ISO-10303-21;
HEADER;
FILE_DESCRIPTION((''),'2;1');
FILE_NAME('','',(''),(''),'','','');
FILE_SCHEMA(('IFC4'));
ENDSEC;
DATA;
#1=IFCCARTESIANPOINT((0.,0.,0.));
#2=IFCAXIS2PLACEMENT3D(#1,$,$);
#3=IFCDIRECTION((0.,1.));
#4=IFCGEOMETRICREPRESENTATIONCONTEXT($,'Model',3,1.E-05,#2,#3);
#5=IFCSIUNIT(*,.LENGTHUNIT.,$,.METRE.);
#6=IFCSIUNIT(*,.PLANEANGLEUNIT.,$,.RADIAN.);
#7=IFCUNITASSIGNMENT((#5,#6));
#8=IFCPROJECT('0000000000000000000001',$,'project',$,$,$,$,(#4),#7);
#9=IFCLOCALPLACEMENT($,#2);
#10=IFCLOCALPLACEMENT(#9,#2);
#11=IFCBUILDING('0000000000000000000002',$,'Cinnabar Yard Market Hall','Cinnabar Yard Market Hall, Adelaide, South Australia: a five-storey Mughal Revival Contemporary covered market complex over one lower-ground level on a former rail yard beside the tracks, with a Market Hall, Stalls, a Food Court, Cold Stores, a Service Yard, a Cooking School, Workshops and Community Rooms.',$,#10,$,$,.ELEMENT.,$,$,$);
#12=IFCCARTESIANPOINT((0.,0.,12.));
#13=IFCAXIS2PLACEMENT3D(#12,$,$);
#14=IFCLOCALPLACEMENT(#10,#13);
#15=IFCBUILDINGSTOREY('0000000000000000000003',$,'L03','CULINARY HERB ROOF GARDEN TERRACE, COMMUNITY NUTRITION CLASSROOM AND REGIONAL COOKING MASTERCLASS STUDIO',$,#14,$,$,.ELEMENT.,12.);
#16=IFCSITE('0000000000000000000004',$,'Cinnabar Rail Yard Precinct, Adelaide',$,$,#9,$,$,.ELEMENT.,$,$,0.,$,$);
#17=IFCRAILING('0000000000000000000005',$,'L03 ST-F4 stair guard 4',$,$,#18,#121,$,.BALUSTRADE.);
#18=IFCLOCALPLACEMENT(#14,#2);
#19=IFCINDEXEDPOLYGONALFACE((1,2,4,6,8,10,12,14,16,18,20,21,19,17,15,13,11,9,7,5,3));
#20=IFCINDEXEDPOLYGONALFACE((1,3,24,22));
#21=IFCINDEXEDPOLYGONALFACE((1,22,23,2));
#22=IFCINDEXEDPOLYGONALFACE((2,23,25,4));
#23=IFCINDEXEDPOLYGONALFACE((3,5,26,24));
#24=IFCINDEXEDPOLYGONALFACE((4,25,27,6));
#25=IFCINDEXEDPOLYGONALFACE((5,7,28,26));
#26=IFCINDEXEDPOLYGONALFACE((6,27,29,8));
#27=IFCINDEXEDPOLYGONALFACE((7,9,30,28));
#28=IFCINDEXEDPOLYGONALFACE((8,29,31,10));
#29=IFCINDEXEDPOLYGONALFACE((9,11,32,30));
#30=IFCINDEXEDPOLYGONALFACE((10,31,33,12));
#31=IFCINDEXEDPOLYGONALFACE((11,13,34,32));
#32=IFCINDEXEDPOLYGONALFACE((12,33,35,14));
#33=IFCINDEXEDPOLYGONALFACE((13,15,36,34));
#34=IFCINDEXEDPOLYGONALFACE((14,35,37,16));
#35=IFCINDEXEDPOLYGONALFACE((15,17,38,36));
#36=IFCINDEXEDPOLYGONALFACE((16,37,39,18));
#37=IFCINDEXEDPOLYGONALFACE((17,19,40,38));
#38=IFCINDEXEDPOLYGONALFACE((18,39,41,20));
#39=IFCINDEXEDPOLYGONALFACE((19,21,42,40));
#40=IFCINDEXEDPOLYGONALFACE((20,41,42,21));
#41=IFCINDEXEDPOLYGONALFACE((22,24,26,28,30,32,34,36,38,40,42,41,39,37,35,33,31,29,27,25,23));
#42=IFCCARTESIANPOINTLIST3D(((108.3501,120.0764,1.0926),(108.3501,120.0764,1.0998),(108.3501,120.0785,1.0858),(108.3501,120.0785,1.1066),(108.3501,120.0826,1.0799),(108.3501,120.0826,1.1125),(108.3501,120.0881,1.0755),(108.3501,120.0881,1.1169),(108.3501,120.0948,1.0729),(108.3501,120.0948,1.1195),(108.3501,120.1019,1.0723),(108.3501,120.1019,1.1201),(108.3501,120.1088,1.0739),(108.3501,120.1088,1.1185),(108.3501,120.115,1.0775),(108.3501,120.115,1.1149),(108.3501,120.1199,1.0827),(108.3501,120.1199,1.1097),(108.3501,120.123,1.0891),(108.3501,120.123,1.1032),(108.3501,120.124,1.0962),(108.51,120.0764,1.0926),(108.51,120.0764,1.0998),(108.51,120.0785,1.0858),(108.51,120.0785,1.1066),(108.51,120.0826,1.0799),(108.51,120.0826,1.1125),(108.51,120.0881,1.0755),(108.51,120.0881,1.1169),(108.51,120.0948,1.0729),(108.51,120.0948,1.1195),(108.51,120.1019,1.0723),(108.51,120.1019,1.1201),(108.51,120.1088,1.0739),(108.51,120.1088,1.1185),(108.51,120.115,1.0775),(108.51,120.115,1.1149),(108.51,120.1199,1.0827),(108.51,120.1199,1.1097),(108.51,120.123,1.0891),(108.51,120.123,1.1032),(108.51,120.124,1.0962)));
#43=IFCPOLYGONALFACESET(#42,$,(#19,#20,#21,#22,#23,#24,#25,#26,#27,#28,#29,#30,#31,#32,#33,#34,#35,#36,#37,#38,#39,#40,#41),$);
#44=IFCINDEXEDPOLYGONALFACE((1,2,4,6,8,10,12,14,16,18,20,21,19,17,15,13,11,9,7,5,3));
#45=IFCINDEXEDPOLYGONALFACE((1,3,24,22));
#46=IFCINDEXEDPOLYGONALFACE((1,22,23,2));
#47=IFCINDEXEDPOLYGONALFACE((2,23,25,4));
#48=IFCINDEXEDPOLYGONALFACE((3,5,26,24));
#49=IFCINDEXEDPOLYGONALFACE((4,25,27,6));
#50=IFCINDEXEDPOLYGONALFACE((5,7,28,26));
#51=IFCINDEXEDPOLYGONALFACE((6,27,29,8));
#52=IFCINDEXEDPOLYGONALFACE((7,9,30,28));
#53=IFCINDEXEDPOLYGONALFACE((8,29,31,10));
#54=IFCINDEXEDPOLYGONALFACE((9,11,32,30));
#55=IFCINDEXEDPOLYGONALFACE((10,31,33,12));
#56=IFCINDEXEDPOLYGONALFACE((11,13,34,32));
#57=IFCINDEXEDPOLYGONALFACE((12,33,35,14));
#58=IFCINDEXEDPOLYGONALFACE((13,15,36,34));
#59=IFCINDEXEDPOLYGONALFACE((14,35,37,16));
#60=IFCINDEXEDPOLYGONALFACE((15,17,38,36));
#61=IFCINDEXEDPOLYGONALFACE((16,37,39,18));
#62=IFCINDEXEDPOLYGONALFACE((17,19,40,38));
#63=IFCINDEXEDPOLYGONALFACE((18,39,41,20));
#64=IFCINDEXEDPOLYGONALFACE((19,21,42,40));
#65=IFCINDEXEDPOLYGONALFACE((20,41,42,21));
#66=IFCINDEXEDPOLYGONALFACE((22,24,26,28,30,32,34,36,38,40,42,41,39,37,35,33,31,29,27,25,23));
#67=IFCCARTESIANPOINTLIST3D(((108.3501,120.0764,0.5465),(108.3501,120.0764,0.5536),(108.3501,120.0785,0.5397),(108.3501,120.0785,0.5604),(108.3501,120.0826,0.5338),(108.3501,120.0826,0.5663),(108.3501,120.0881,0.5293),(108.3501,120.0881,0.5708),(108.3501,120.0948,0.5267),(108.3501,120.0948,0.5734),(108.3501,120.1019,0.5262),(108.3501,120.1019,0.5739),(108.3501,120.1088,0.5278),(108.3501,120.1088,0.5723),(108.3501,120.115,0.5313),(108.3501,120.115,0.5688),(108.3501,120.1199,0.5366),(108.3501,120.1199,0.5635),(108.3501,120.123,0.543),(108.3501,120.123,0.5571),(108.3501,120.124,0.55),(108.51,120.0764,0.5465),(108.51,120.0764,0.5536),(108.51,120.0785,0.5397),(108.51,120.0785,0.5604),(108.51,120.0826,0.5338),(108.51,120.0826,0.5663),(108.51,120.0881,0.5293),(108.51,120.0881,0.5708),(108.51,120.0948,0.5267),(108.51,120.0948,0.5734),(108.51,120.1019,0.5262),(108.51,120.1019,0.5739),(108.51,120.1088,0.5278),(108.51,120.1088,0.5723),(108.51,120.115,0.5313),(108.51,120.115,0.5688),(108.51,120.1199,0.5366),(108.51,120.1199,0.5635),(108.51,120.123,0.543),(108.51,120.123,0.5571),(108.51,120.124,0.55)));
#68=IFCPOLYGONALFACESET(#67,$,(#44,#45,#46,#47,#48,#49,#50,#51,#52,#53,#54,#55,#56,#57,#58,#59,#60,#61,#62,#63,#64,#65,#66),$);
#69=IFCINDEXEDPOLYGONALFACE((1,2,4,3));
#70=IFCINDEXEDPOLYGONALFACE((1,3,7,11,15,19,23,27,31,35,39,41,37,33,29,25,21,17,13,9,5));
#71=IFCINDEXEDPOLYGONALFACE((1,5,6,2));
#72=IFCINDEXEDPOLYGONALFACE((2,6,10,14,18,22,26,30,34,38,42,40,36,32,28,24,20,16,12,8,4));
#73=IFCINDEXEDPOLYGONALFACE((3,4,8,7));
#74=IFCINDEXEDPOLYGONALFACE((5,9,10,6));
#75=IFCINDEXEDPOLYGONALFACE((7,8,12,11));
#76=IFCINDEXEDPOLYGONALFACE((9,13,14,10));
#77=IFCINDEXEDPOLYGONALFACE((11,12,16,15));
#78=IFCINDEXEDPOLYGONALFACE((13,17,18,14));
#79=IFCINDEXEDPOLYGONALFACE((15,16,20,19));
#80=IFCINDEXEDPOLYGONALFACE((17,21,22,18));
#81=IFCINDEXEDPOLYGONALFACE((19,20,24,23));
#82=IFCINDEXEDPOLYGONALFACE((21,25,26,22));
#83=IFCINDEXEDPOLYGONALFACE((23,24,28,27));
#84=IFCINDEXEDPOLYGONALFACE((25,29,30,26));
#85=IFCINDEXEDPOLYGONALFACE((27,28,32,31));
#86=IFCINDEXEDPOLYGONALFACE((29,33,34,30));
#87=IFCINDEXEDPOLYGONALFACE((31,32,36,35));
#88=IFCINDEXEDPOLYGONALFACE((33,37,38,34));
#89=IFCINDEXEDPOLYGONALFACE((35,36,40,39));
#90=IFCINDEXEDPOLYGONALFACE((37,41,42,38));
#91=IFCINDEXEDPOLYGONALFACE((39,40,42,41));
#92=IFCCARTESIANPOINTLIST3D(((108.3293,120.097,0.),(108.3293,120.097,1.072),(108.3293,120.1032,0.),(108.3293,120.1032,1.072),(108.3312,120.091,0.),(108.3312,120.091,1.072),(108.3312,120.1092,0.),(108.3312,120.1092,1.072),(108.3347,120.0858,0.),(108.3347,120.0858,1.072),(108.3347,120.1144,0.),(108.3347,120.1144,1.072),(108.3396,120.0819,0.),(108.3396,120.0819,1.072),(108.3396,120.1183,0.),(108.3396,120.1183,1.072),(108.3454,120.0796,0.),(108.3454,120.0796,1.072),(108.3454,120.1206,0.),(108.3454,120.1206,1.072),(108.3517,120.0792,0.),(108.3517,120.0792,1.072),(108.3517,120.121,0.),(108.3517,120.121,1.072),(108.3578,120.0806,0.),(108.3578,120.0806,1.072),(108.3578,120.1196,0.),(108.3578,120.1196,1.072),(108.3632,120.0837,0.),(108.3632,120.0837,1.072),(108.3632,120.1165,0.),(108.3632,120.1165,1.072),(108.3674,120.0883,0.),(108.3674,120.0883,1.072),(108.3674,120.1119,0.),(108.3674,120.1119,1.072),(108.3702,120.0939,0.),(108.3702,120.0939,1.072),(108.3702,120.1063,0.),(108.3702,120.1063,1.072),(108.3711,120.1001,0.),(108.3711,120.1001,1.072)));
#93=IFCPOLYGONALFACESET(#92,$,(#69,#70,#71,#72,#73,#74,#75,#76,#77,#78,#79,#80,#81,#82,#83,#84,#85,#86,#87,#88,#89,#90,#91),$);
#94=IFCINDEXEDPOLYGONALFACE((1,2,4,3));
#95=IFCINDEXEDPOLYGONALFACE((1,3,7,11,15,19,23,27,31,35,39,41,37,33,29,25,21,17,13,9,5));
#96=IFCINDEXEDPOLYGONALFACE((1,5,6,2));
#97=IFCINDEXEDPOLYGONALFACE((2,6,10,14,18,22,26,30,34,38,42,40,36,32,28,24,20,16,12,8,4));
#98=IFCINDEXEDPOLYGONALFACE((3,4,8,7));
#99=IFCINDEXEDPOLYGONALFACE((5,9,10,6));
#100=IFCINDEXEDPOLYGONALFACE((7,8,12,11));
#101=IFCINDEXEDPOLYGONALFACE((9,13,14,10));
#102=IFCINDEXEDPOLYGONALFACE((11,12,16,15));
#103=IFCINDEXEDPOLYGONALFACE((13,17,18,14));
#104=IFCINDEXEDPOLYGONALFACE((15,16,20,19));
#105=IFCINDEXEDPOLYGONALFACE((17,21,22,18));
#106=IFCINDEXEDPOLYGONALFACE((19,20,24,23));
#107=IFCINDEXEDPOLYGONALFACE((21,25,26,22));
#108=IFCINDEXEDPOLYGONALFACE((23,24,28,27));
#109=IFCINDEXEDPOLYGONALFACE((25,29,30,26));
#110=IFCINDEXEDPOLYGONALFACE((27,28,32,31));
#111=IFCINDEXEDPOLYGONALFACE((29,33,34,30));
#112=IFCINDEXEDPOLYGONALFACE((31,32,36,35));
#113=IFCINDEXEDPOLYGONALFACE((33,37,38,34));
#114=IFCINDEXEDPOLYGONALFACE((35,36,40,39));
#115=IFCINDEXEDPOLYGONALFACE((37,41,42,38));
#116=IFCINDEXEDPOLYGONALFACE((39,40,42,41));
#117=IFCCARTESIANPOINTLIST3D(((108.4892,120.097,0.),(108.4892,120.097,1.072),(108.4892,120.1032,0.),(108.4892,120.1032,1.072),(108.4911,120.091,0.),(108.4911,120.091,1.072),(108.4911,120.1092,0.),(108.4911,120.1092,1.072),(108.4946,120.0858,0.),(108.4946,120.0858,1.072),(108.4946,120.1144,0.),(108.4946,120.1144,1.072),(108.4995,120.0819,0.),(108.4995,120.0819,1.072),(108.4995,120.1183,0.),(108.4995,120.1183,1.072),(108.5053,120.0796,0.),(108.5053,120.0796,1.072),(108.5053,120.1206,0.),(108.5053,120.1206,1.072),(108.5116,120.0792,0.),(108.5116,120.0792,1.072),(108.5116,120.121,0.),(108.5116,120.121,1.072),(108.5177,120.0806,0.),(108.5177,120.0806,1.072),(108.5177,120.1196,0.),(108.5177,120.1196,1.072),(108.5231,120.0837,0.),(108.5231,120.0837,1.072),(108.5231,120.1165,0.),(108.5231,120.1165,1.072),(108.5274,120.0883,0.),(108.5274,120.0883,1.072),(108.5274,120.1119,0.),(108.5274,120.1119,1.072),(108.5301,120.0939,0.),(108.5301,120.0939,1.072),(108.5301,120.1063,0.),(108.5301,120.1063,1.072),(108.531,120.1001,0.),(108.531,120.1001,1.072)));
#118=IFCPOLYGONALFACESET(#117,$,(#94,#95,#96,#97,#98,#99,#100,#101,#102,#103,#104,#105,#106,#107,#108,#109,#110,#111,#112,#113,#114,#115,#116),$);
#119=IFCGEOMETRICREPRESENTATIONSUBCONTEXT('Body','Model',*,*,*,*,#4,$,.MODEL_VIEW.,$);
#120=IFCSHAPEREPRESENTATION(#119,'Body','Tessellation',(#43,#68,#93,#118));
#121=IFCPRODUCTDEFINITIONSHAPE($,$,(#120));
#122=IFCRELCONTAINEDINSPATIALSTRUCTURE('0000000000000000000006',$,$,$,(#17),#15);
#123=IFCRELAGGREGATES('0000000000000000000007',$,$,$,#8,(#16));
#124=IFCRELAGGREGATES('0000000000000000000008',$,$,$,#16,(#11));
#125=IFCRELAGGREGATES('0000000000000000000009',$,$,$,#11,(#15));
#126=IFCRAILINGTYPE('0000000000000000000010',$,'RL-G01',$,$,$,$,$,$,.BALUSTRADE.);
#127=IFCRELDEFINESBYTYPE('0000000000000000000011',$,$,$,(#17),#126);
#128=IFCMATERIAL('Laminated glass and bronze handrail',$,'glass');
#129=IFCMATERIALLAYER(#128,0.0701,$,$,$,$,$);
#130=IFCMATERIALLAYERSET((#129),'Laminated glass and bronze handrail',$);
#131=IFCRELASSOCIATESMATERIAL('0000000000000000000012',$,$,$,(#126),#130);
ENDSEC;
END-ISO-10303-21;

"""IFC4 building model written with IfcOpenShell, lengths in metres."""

from ifc_helpers import new_model, si_unit, direction, frame, origin, origin_2d_with_axis, place, context, subcontext, project, spatial, circle, extrude, material, layer, layer_set, type_object, element, save


model = new_model("IFC4")

# Units and contexts
model_context = context("Model", 3, precision=1e-05, world=origin(), true_north=direction((0.0, 1.0)))
body_context = subcontext(model_context, "Body", "Model", "MODEL_VIEW")
ifc_project = project(units=[si_unit("LENGTHUNIT", "METRE"), si_unit("PLANEANGLEUNIT", "RADIAN")], contexts=[model_context])

# Site, building, storey
site_placement = place(None, origin())
site = spatial("IfcSite", under=ifc_project, at=site_placement, Name="Cinnabar Rail Yard Precinct, Adelaide", CompositionType="ELEMENT", RefElevation=0.0)
building_placement = place(site_placement, origin())
building = spatial("IfcBuilding", under=site, at=building_placement, Name="Cinnabar Yard Market Hall", Description="Cinnabar Yard Market Hall, Adelaide, South Australia: a five-storey Mughal Revival Contemporary covered market complex over one lower-ground level on a former rail yard beside the tracks, with a Market Hall, Stalls, a Food Court, Cold Stores, a Service Yard, a Cooking School, Workshops and Community Rooms.", CompositionType="ELEMENT")
storey_placement = place(building_placement, frame((0.0, 0.0, 12.0)))
storey = spatial("IfcBuildingStorey", under=building, at=storey_placement, Name="L03", Description="CULINARY HERB ROOF GARDEN TERRACE, COMMUNITY NUTRITION CLASSROOM AND REGIONAL COOKING MASTERCLASS STUDIO", CompositionType="ELEMENT", Elevation=12.0)

# Railing
ifc_material_1 = material(Name="Laminated glass and bronze handrail", Category="glass")
ifc_layer_1 = layer(ifc_material_1, 0.0701)
ifc_layer_set_1 = layer_set([ifc_layer_1], Name="Laminated glass and bronze handrail")
railing_type_1 = type_object("IfcRailingType", Name="RL-G01", PredefinedType="BALUSTRADE", material=ifc_layer_set_1)
railing_1_placement = place(storey_placement, frame((108.3501, 120.1001, 0.0)))
element("IfcRailing", 1, at=railing_1_placement, inside=storey, type_object=railing_type_1, Name="L03 ST-F4 stair guard 4", PredefinedType="BALUSTRADE", context=body_context, shape_type="SweptSolid", body=[
    extrude(circle(Radius=0.0239, at=origin_2d_with_axis()), frame((0.0, 0.0, 1.0962), z_axis=(1.0, 0.0, 0.0), x_axis=(0.0, 1.0, 0.0)), (0.0, 0.0, 1.0), 0.1599),
    extrude(circle(Radius=0.0239, at=origin_2d_with_axis()), frame((0.0, 0.0, 0.55), z_axis=(1.0, 0.0, 0.0), x_axis=(0.0, 1.0, 0.0)), (0.0, 0.0, 1.0), 0.1599),
    extrude(circle(Radius=0.021, at=origin_2d_with_axis()), origin(), (0.0, 0.0, 1.0), 1.072),
    extrude(circle(Radius=0.021, at=origin_2d_with_axis()), frame((0.1599, 0.0, 0.0)), (0.0, 0.0, 1.0), 1.072),
])

save(model, "model.ifc")
